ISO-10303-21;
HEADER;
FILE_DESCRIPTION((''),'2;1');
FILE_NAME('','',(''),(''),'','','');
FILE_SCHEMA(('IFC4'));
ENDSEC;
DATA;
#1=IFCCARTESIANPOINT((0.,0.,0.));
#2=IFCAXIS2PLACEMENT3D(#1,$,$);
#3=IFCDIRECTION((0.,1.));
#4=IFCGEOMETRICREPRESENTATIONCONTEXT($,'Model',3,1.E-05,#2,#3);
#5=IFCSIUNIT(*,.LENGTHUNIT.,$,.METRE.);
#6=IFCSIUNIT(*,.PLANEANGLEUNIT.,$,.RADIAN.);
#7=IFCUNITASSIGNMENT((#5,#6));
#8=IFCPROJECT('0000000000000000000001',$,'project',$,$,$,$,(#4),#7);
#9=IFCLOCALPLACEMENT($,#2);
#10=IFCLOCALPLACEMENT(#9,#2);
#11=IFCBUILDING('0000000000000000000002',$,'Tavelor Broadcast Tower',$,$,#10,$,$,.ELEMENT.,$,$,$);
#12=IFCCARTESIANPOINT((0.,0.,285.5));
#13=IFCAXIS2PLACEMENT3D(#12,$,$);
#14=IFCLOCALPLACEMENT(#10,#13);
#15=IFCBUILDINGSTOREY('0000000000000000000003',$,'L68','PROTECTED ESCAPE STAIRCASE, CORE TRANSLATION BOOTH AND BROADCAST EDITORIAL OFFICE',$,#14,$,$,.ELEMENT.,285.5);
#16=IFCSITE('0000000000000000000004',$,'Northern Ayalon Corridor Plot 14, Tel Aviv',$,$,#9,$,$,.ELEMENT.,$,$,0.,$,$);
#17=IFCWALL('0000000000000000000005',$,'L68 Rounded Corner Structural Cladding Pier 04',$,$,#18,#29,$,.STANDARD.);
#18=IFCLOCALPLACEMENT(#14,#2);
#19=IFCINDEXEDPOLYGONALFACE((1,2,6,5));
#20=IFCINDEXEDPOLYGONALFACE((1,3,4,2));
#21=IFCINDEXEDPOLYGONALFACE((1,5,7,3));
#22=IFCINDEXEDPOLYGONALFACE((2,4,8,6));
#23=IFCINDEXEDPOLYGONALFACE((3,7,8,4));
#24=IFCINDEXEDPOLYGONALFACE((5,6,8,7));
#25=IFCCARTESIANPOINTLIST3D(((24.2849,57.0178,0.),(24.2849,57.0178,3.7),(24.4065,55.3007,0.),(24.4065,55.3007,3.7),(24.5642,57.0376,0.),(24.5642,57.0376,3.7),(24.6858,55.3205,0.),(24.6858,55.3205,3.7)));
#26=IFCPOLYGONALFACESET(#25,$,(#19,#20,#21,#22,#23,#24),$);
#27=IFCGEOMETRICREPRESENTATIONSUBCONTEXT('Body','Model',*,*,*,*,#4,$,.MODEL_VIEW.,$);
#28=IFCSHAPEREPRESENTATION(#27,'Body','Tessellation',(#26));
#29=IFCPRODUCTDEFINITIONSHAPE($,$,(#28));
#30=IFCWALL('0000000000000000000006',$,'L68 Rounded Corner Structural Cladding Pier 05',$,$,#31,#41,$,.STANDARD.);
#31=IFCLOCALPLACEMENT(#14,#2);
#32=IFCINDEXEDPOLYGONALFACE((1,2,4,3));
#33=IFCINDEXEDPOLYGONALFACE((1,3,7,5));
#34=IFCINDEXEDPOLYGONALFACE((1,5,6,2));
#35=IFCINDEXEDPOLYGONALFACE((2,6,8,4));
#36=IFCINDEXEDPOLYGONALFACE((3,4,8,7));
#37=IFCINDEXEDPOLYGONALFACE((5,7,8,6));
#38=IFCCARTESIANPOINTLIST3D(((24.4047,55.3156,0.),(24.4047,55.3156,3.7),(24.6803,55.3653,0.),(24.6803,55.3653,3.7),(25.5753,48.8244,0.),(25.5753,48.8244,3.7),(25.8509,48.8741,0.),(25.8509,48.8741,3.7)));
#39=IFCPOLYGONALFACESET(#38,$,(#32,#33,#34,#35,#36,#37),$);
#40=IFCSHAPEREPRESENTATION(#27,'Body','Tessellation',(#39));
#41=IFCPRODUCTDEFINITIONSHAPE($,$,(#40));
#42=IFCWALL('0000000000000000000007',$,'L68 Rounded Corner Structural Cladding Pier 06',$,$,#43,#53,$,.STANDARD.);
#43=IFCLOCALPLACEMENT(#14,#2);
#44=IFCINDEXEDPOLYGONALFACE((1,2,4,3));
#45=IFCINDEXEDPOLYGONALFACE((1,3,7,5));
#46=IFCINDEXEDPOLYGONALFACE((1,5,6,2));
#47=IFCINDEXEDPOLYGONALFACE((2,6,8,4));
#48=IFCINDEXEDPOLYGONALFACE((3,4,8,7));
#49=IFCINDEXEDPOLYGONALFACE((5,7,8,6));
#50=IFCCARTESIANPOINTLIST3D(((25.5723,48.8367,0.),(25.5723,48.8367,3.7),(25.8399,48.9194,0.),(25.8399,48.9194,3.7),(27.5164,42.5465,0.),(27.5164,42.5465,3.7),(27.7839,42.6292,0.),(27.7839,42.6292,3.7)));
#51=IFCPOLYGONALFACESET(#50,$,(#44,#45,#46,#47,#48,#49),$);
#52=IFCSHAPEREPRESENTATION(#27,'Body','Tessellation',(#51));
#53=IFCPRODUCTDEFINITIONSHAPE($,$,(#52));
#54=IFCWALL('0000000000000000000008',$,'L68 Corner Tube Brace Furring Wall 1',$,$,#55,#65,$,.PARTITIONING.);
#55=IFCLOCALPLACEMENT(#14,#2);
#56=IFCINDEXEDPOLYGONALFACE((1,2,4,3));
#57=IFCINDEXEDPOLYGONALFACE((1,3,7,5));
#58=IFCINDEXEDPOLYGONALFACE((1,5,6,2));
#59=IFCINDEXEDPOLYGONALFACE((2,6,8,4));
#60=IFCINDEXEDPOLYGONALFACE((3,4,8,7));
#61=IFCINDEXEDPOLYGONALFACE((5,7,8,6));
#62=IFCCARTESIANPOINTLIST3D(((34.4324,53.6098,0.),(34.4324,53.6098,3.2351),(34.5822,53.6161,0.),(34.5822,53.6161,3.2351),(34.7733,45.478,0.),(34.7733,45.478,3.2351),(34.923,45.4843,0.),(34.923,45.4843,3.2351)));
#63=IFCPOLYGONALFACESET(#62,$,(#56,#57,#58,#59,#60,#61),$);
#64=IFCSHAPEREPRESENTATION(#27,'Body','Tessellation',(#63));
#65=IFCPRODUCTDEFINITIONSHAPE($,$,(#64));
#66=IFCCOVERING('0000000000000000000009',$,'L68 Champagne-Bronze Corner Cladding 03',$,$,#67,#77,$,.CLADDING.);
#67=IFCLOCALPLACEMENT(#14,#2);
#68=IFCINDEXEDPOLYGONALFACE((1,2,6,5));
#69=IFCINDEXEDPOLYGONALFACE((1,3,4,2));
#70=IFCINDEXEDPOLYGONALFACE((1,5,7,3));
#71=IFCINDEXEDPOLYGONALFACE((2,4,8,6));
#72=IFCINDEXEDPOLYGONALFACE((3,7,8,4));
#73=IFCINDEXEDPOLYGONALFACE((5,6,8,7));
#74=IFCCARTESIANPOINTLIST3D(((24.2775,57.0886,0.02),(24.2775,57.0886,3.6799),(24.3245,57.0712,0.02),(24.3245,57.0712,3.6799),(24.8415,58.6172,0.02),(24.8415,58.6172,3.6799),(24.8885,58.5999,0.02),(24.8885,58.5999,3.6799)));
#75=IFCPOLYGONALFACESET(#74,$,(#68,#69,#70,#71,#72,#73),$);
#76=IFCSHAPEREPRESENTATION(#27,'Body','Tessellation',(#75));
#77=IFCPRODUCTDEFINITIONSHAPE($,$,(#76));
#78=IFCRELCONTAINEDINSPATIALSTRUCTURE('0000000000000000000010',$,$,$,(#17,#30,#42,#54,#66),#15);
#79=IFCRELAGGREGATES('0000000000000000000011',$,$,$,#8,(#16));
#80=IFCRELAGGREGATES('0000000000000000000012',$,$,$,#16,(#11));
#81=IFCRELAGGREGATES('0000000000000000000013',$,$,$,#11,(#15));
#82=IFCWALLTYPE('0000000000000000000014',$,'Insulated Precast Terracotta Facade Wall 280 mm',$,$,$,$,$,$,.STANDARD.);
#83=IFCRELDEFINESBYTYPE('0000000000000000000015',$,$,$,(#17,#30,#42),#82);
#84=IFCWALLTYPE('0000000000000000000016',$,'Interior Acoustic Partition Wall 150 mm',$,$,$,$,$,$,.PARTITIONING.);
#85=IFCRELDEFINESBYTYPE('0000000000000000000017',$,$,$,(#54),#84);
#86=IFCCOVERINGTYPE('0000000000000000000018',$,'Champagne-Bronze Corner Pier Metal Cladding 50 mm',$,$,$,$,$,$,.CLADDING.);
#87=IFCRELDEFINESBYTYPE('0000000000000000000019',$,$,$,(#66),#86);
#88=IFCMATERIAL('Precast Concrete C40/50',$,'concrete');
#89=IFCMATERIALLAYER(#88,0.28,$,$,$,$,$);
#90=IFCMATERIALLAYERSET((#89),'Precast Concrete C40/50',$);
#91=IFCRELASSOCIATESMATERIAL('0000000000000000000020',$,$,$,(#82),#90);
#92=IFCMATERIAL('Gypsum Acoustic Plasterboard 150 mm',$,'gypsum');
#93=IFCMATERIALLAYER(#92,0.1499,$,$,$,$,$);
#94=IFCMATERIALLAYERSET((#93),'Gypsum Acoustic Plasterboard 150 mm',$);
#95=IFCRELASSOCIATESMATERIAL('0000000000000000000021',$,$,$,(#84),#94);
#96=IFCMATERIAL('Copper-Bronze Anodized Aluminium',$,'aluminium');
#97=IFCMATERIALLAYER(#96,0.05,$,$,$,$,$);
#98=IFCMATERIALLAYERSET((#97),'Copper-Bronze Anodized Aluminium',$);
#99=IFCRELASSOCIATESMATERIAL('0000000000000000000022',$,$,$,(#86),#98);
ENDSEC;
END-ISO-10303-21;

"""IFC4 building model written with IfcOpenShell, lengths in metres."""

from ifc_helpers import new_model, si_unit, direction, frame, frame_2d, origin, origin_2d, place, context, subcontext, project, spatial, rectangle, extrude, material, layer, layer_set, type_object, element, save


model = new_model("IFC4")

# Units and contexts
model_context = context("Model", 3, precision=1e-05, world=origin(), true_north=direction((0.0, 1.0)))
body_context = subcontext(model_context, "Body", "Model", "MODEL_VIEW")
ifc_project = project(units=[si_unit("LENGTHUNIT", "METRE"), si_unit("PLANEANGLEUNIT", "RADIAN")], contexts=[model_context])

# Site, building, storey
site_placement = place(None, origin())
site = spatial("IfcSite", under=ifc_project, at=site_placement, Name="Northern Ayalon Corridor Plot 14, Tel Aviv", CompositionType="ELEMENT", RefElevation=0.0)
building_placement = place(site_placement, origin())
building = spatial("IfcBuilding", under=site, at=building_placement, Name="Tavelor Broadcast Tower", CompositionType="ELEMENT")
storey_placement = place(building_placement, frame((0.0, 0.0, 285.5)))
storey = spatial("IfcBuildingStorey", under=building, at=storey_placement, Name="L68", Description="PROTECTED ESCAPE STAIRCASE, CORE TRANSLATION BOOTH AND BROADCAST EDITORIAL OFFICE", CompositionType="ELEMENT", Elevation=285.5)

# Walls
ifc_material_1 = material(Name="Precast Concrete C40/50", Category="concrete")
ifc_layer_1 = layer(ifc_material_1, 0.28)
ifc_layer_set_1 = layer_set([ifc_layer_1], Name="Precast Concrete C40/50")
wall_type_1 = type_object("IfcWallType", Name="Insulated Precast Terracotta Facade Wall 280 mm", PredefinedType="STANDARD", material=ifc_layer_set_1)
wall_1_placement = place(storey_placement, frame((24.4246, 57.0278, 0.0), z_axis=(0.0, 0.0, 1.0), x_axis=(0.070632, -0.997502, 0.0)))
element("IfcWall", 1, at=wall_1_placement, inside=storey, type_object=wall_type_1, Name="L68 Rounded Corner Structural Cladding Pier 04", PredefinedType="STANDARD", context=body_context, shape_type="SweptSolid", body=[
    extrude(rectangle(XDim=1.7214, YDim=0.28, at=frame_2d((0.8608, 0.0))), origin(), (0.0, 0.0, 1.0), 3.7),
])
wall_2_placement = place(storey_placement, frame((24.5425, 55.3403, 0.0), z_axis=(0.0, 0.0, 1.0), x_axis=(0.177481, -0.984124, 0.0)))
element("IfcWall", 2, at=wall_2_placement, inside=storey, type_object=wall_type_1, Name="L68 Rounded Corner Structural Cladding Pier 05", PredefinedType="STANDARD", context=body_context, shape_type="SweptSolid", body=[
    extrude(rectangle(XDim=6.5959, YDim=0.28, at=frame_2d((3.2979, 0.0))), origin(), (0.0, 0.0, 1.0), 3.7),
])
wall_3_placement = place(storey_placement, frame((25.7061, 48.8782, 0.0), z_axis=(0.0, 0.0, 1.0), x_axis=(0.295282, -0.95541, 0.0)))
element("IfcWall", 3, at=wall_3_placement, inside=storey, type_object=wall_type_1, Name="L68 Rounded Corner Structural Cladding Pier 06", PredefinedType="STANDARD", context=body_context, shape_type="SweptSolid", body=[
    extrude(rectangle(XDim=6.5837, YDim=0.28, at=frame_2d((3.292, 0.0))), origin(), (0.0, 0.0, 1.0), 3.7),
])
ifc_material_2 = material(Name="Gypsum Acoustic Plasterboard 150 mm", Category="gypsum")
ifc_layer_2 = layer(ifc_material_2, 0.1499)
ifc_layer_set_2 = layer_set([ifc_layer_2], Name="Gypsum Acoustic Plasterboard 150 mm")
wall_type_2 = type_object("IfcWallType", Name="Interior Acoustic Partition Wall 150 mm", PredefinedType="PARTITIONING", material=ifc_layer_set_2)
wall_4_placement = place(storey_placement, frame((34.5073, 53.6128, 0.0), z_axis=(0.0, 0.0, 1.0), x_axis=(0.041875, -0.999123, 0.0)))
element("IfcWall", 4, at=wall_4_placement, inside=storey, type_object=wall_type_2, Name="L68 Corner Tube Brace Furring Wall 1", PredefinedType="PARTITIONING", context=body_context, shape_type="SweptSolid", body=[
    extrude(rectangle(XDim=8.1389, YDim=0.1499, at=frame_2d((4.0693, 0.0))), origin(), (0.0, 0.0, 1.0), 3.2351),
])

# Covering
ifc_material_3 = material(Name="Copper-Bronze Anodized Aluminium", Category="aluminium")
ifc_layer_3 = layer(ifc_material_3, 0.05)
ifc_layer_set_3 = layer_set([ifc_layer_3], Name="Copper-Bronze Anodized Aluminium")
covering_type = type_object("IfcCoveringType", Name="Champagne-Bronze Corner Pier Metal Cladding 50 mm", PredefinedType="CLADDING", material=ifc_layer_set_3)
covering_placement = place(storey_placement, frame((24.583, 57.8442, 0.02), z_axis=(0.0, 0.0, 1.0), x_axis=(-0.346117, -0.938191, 0.0)))
element("IfcCovering", 5, at=covering_placement, inside=storey, type_object=covering_type, Name="L68 Champagne-Bronze Corner Cladding 03", PredefinedType="CLADDING", context=body_context, shape_type="SweptSolid", body=[
    extrude(rectangle(XDim=1.6294, YDim=0.05, at=origin_2d()), origin(), (0.0, 0.0, 1.0), 3.6599),
])

save(model, "model.ifc")
